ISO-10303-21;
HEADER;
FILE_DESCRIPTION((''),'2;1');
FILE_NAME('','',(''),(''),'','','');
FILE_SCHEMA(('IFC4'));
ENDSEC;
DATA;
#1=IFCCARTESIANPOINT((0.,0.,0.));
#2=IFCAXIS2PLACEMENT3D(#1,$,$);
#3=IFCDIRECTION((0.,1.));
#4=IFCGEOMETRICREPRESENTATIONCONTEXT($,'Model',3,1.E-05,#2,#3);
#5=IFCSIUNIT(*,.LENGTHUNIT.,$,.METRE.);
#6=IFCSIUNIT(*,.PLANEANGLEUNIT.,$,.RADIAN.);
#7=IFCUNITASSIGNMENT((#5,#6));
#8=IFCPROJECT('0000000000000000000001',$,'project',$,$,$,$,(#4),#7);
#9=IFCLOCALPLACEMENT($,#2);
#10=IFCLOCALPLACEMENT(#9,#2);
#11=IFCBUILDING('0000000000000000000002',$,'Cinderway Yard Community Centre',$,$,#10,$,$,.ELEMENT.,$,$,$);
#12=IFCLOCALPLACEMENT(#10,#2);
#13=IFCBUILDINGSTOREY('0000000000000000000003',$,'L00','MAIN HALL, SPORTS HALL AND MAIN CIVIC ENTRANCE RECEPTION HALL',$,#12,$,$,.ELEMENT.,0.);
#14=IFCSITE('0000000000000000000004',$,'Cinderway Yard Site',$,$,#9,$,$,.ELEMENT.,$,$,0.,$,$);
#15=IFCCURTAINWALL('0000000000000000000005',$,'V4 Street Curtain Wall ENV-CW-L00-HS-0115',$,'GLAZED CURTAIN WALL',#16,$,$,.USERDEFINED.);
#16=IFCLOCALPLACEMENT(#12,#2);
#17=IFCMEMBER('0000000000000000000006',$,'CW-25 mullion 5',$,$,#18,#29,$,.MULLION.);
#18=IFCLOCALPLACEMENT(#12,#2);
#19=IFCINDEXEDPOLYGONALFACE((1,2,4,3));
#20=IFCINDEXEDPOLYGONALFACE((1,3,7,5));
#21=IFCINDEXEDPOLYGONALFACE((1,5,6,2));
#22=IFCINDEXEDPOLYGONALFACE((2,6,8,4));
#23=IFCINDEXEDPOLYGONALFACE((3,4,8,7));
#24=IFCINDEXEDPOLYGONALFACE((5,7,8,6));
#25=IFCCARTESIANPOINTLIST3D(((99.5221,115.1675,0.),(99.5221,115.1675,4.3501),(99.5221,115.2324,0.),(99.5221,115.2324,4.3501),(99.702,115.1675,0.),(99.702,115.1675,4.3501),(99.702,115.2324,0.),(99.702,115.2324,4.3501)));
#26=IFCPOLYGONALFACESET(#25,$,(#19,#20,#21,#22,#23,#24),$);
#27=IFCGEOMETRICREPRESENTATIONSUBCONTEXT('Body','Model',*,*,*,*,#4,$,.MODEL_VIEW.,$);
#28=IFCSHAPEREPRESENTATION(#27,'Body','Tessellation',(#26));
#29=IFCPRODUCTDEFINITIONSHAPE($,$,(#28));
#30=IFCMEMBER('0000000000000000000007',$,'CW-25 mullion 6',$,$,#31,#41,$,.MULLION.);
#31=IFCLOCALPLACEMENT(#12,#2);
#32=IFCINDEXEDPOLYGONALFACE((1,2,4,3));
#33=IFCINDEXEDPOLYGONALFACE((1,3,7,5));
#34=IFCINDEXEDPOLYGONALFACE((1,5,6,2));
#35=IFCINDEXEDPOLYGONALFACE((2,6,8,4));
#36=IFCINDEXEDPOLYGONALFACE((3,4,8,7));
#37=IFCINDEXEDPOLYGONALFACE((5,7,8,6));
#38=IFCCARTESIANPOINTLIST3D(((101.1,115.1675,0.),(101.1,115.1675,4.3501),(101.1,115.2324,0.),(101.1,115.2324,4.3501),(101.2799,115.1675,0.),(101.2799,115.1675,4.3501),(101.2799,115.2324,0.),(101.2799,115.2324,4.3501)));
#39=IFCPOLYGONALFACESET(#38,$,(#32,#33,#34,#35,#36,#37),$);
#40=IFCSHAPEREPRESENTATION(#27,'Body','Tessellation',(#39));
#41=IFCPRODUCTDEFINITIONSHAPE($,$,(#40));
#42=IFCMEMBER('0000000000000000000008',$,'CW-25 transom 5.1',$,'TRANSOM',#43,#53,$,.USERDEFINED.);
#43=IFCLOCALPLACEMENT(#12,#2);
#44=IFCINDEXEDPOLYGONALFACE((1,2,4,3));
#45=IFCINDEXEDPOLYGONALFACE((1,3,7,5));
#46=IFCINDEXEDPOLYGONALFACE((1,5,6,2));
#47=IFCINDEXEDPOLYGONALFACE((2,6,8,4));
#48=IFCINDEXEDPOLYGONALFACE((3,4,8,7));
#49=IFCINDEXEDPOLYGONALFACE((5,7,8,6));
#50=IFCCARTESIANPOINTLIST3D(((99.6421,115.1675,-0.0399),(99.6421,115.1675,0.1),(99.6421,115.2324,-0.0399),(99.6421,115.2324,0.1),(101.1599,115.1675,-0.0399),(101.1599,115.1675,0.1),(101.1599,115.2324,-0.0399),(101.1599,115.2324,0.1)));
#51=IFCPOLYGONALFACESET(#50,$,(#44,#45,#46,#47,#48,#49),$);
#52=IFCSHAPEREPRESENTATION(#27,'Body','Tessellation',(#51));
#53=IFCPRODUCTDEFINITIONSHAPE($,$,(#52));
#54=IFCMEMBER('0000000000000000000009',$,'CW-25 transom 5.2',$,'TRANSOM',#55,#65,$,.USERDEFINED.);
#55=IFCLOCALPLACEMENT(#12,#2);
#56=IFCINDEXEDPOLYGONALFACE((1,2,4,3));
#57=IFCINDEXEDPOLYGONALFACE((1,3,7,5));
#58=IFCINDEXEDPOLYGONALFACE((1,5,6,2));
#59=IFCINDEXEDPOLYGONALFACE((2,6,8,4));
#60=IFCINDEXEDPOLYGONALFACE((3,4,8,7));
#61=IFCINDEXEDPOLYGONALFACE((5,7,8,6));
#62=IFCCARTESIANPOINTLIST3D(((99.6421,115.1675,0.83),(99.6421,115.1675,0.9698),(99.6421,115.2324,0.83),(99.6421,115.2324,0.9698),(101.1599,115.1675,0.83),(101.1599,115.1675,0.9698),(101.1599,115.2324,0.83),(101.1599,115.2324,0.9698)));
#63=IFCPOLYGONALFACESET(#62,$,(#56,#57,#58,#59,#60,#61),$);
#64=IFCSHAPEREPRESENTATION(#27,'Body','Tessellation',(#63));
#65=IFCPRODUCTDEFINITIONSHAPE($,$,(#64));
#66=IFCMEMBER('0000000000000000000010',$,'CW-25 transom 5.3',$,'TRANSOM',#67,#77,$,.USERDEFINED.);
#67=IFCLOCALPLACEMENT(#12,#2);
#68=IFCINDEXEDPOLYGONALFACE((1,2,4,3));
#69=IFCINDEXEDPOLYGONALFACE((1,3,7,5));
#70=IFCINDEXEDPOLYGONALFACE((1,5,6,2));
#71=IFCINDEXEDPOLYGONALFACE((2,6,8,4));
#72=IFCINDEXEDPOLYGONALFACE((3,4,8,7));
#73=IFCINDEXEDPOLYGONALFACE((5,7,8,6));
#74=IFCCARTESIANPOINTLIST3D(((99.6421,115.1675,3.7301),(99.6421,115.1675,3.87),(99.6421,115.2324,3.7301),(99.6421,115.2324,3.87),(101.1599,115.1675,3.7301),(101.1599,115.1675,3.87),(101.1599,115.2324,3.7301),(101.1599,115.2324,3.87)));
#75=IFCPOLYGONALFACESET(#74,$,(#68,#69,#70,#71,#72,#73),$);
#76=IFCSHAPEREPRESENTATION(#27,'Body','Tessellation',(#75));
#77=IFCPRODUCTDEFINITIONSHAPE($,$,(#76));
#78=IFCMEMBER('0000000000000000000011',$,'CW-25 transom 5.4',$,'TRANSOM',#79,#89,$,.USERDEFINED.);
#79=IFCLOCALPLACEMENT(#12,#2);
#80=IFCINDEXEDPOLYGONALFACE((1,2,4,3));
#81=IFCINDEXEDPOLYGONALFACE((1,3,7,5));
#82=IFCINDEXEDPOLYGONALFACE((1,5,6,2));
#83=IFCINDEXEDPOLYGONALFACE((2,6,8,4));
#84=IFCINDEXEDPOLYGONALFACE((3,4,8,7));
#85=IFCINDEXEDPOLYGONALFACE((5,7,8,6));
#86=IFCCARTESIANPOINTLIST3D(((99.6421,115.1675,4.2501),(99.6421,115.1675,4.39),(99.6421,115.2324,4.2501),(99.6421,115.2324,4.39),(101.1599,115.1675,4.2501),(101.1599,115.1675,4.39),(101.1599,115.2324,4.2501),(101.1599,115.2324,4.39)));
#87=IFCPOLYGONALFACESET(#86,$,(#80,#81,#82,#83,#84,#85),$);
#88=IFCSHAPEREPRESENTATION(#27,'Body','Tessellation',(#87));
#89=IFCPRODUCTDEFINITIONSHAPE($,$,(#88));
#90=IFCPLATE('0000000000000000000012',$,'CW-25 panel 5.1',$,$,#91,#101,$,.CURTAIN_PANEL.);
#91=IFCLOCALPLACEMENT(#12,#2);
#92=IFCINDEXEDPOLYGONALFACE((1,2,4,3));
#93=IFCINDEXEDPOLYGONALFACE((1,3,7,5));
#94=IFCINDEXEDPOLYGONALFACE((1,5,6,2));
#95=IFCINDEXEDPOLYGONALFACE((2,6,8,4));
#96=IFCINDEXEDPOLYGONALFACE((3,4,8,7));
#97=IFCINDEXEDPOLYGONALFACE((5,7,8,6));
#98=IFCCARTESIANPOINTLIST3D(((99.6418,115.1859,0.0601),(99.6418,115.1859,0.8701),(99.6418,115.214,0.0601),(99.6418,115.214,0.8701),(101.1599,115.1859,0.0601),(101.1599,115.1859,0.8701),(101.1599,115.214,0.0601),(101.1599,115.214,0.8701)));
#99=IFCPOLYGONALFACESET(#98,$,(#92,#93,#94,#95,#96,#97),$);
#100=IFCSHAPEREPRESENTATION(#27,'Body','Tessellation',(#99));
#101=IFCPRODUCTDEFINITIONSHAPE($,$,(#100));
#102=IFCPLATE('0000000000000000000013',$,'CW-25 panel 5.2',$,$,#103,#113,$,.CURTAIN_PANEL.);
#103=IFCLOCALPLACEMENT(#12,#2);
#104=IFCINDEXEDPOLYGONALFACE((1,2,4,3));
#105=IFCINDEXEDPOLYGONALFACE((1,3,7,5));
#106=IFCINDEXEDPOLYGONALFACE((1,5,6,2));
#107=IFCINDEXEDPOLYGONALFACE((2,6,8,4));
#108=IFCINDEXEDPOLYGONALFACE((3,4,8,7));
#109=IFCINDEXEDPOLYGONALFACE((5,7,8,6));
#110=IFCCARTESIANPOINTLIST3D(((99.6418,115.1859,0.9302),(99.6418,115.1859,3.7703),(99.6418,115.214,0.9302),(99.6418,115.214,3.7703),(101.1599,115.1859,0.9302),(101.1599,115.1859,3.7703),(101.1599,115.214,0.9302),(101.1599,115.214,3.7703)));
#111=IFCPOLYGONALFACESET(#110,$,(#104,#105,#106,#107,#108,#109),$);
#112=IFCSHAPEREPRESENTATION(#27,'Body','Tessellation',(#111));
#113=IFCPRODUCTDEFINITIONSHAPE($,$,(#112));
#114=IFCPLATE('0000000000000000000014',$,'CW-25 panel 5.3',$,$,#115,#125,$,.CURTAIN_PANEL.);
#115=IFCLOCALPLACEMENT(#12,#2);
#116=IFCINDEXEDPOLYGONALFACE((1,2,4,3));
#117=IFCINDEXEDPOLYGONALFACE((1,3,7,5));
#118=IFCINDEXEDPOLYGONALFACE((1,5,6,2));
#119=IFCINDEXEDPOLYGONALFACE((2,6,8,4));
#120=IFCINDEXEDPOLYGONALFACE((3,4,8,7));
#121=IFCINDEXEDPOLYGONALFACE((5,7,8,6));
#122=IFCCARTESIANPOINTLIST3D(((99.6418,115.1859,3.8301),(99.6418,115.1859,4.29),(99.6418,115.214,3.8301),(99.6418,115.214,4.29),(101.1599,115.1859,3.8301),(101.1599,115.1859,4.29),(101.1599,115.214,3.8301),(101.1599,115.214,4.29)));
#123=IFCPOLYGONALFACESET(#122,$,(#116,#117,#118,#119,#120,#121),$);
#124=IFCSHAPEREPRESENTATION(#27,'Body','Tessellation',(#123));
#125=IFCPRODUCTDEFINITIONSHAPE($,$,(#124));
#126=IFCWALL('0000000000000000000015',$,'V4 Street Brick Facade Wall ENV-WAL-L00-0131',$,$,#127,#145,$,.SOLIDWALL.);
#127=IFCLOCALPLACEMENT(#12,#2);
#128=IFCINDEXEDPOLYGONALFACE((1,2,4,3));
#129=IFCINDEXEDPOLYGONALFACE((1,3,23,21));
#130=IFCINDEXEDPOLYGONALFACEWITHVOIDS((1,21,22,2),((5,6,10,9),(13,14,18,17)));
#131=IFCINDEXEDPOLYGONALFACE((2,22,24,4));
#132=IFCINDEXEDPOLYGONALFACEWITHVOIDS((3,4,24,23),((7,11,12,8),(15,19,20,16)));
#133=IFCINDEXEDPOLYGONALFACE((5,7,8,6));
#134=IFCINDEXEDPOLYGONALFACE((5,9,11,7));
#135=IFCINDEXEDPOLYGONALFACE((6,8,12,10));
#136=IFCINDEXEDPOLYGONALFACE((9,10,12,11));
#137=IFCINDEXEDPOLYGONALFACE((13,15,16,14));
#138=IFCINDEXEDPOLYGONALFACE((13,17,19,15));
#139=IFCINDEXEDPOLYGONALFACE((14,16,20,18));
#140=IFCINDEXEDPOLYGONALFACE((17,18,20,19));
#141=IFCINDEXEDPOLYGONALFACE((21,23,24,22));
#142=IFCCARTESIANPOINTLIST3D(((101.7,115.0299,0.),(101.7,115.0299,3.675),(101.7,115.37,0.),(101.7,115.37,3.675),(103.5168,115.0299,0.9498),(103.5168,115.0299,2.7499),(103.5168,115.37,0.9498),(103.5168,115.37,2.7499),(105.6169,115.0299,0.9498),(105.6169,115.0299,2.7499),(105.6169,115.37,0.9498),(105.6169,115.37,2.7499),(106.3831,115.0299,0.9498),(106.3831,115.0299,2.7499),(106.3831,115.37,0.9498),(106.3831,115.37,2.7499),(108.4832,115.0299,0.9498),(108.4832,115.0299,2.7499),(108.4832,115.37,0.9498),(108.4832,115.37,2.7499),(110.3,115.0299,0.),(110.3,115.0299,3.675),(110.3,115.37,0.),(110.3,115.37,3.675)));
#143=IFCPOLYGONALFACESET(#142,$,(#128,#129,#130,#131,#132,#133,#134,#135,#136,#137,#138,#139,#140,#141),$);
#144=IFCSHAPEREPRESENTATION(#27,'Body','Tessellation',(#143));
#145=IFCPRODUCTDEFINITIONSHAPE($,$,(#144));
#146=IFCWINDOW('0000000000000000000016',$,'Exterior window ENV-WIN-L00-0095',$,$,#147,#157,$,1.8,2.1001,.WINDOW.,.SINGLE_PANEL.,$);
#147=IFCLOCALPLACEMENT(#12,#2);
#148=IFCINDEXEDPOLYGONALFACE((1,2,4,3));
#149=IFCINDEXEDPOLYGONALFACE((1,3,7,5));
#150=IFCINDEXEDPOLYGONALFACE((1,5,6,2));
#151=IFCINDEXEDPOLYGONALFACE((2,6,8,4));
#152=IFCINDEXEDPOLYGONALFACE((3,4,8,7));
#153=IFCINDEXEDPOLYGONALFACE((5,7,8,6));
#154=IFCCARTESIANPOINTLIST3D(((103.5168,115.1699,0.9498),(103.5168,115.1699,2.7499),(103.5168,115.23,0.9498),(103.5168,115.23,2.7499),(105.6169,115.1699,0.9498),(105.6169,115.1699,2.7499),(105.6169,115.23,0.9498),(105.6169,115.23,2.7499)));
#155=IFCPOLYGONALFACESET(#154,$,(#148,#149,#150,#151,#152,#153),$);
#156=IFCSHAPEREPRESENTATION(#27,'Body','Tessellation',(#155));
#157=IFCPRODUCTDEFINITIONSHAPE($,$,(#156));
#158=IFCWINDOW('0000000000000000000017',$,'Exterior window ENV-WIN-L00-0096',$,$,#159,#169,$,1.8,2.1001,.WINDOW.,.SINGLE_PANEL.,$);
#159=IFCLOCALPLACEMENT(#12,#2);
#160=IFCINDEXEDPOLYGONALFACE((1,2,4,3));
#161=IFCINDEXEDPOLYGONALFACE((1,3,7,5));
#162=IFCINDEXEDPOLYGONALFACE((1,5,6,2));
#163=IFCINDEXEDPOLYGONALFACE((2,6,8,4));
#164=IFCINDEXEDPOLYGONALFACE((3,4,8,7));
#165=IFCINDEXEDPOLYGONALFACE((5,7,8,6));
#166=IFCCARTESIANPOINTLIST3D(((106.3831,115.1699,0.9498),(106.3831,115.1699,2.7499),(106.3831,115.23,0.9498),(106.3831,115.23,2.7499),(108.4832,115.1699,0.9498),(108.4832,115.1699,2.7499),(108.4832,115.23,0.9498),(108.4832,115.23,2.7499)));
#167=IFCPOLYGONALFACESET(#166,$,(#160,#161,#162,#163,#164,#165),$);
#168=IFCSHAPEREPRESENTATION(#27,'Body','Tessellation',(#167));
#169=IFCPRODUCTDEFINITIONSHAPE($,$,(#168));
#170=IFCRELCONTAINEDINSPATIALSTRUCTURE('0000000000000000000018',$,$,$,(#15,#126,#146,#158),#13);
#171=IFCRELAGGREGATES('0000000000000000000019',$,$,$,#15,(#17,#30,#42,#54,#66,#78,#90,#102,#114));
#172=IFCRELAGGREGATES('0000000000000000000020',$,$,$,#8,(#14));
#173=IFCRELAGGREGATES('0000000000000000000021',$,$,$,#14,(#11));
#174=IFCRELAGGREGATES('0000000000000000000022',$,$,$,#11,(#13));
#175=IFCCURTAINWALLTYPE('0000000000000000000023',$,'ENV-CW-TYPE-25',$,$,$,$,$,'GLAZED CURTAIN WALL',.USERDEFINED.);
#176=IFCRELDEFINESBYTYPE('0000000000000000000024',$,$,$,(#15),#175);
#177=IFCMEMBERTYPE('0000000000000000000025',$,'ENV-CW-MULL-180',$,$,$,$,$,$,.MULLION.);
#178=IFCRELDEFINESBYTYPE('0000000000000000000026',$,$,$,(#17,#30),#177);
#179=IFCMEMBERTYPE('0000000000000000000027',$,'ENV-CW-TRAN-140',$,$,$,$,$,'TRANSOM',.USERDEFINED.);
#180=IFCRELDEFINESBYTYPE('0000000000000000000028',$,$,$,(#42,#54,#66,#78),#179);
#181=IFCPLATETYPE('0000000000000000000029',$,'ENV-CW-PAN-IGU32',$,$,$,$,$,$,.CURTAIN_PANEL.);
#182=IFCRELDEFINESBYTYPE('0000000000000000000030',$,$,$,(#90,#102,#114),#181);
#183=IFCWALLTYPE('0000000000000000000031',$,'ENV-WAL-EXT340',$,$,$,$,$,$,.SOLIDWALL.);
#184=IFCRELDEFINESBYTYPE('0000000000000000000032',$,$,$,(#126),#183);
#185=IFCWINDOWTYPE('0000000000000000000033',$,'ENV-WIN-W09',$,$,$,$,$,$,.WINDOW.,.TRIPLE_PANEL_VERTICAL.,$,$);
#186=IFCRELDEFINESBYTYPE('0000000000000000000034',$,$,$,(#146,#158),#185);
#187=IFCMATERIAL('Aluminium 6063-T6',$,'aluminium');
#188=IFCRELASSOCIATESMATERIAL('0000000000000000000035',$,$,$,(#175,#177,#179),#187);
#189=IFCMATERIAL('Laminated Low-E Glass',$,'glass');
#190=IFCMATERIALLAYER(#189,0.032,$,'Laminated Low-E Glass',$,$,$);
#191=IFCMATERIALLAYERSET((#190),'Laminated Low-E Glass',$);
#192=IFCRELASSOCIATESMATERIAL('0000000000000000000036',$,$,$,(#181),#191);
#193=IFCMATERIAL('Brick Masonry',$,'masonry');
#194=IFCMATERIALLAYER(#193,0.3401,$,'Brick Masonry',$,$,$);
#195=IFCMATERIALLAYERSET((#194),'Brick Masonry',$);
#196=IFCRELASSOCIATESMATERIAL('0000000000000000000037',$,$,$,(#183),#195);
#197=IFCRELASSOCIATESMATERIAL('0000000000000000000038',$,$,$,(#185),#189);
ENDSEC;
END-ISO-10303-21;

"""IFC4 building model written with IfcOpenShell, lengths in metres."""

from ifc_helpers import new_model, si_unit, direction, frame, frame_2d, origin, origin_2d, place, context, subcontext, project, spatial, rectangle, extrude, material, layer, layer_set, material_profile, profile_set, type_object, element, fill, aggregate, save


model = new_model("IFC4")

# Units and contexts
model_context = context("Model", 3, precision=1e-05, world=origin(), true_north=direction((0.0, 1.0)))
body_context = subcontext(model_context, "Body", "Model", "MODEL_VIEW")
ifc_project = project(units=[si_unit("LENGTHUNIT", "METRE"), si_unit("PLANEANGLEUNIT", "RADIAN")], contexts=[model_context])

# Site, building, storey
site_placement = place(None, origin())
site = spatial("IfcSite", under=ifc_project, at=site_placement, Name="Cinderway Yard Site", CompositionType="ELEMENT", RefElevation=0.0)
building_placement = place(site_placement, origin())
building = spatial("IfcBuilding", under=site, at=building_placement, Name="Cinderway Yard Community Centre", CompositionType="ELEMENT")
storey_placement = place(building_placement, origin())
storey = spatial("IfcBuildingStorey", under=building, at=storey_placement, Name="L00", Description="MAIN HALL, SPORTS HALL AND MAIN CIVIC ENTRANCE RECEPTION HALL", CompositionType="ELEMENT", Elevation=0.0)

# Curtain wall, members, plates
ifc_material_1 = material(Name="Aluminium 6063-T6", Category="aluminium")
curtain_wall_type = type_object("IfcCurtainWallType", Name="ENV-CW-TYPE-25", ElementType="GLAZED CURTAIN WALL", PredefinedType="USERDEFINED", material=ifc_material_1)
curtain_wall_placement = place(storey_placement, origin())
curtain_wall = element("IfcCurtainWall", 1, at=curtain_wall_placement, inside=storey, type_object=curtain_wall_type, Name="V4 Street Curtain Wall ENV-CW-L00-HS-0115", ObjectType="GLAZED CURTAIN WALL", PredefinedType="USERDEFINED")
ifc_material_profile_1 = material_profile(ifc_material_1, rectangle(XDim=0.0649, YDim=0.1799, at=origin_2d()), Name="Aluminium 6063-T6")
ifc_profile_set_1 = profile_set([ifc_material_profile_1], Name="Aluminium 6063-T6")
member_type_1 = type_object("IfcMemberType", Name="ENV-CW-MULL-180", PredefinedType="MULLION", material=ifc_profile_set_1)
member_1_placement = place(storey_placement, frame((99.6121, 115.2, 0.0), z_axis=(0.0, 0.0, 1.0), x_axis=(0.0, 1.0, 0.0)))
member_1 = element("IfcMember", 2, at=member_1_placement, type_object=member_type_1, Name="CW-25 mullion 5", PredefinedType="MULLION", context=body_context, shape_type="SweptSolid", body=[
    extrude(rectangle(XDim=0.0649, YDim=0.1799, at=origin_2d()), origin(), (0.0, 0.0, 1.0), 4.3501),
])
member_2_placement = place(storey_placement, frame((101.1899, 115.2, 0.0), z_axis=(0.0, 0.0, 1.0), x_axis=(0.0, 1.0, 0.0)))
member_2 = element("IfcMember", 3, at=member_2_placement, type_object=member_type_1, Name="CW-25 mullion 6", PredefinedType="MULLION", context=body_context, shape_type="SweptSolid", body=[
    extrude(rectangle(XDim=0.0649, YDim=0.1799, at=origin_2d()), origin(), (0.0, 0.0, 1.0), 4.3501),
])
ifc_material_profile_2 = material_profile(ifc_material_1, rectangle(XDim=0.0649, YDim=0.1399, at=origin_2d()), Name="Aluminium 6063-T6")
ifc_profile_set_2 = profile_set([ifc_material_profile_2], Name="Aluminium 6063-T6")
member_type_2 = type_object("IfcMemberType", Name="ENV-CW-TRAN-140", ElementType="TRANSOM", PredefinedType="USERDEFINED", material=ifc_profile_set_2)
member_3_placement = place(storey_placement, frame((99.6421, 115.2, 0.03), z_axis=(1.0, 0.0, 0.0), x_axis=(0.0, 1.0, 0.0)))
member_3 = element("IfcMember", 4, at=member_3_placement, type_object=member_type_2, Name="CW-25 transom 5.1", ObjectType="TRANSOM", PredefinedType="USERDEFINED", context=body_context, shape_type="SweptSolid", body=[
    extrude(rectangle(XDim=0.0649, YDim=0.1399, at=origin_2d()), origin(), (0.0, 0.0, 1.0), 1.5178),
])
member_4_placement = place(storey_placement, frame((99.6421, 115.2, 0.8999), z_axis=(1.0, 0.0, 0.0), x_axis=(0.0, 1.0, 0.0)))
member_4 = element("IfcMember", 5, at=member_4_placement, type_object=member_type_2, Name="CW-25 transom 5.2", ObjectType="TRANSOM", PredefinedType="USERDEFINED", context=body_context, shape_type="SweptSolid", body=[
    extrude(rectangle(XDim=0.0649, YDim=0.1399, at=origin_2d()), origin(), (0.0, 0.0, 1.0), 1.5178),
])
member_5_placement = place(storey_placement, frame((99.6421, 115.2, 3.8), z_axis=(1.0, 0.0, 0.0), x_axis=(0.0, 1.0, 0.0)))
member_5 = element("IfcMember", 6, at=member_5_placement, type_object=member_type_2, Name="CW-25 transom 5.3", ObjectType="TRANSOM", PredefinedType="USERDEFINED", context=body_context, shape_type="SweptSolid", body=[
    extrude(rectangle(XDim=0.0649, YDim=0.1399, at=origin_2d()), origin(), (0.0, 0.0, 1.0), 1.5178),
])
member_6_placement = place(storey_placement, frame((99.6421, 115.2, 4.3201), z_axis=(1.0, 0.0, 0.0), x_axis=(0.0, 1.0, 0.0)))
member_6 = element("IfcMember", 7, at=member_6_placement, type_object=member_type_2, Name="CW-25 transom 5.4", ObjectType="TRANSOM", PredefinedType="USERDEFINED", context=body_context, shape_type="SweptSolid", body=[
    extrude(rectangle(XDim=0.0649, YDim=0.1399, at=origin_2d()), origin(), (0.0, 0.0, 1.0), 1.5178),
])
ifc_material_2 = material(Name="Laminated Low-E Glass", Category="glass")
ifc_layer_1 = layer(ifc_material_2, 0.032, Name="Laminated Low-E Glass")
ifc_layer_set_1 = layer_set([ifc_layer_1], Name="Laminated Low-E Glass")
plate_type = type_object("IfcPlateType", Name="ENV-CW-PAN-IGU32", PredefinedType="CURTAIN_PANEL", material=ifc_layer_set_1)
plate_1_placement = place(storey_placement, frame((100.4009, 115.2, 0.0601), z_axis=(0.0, 0.0, 1.0), x_axis=(1.0, 0.0, 0.0)))
plate_1 = element("IfcPlate", 8, at=plate_1_placement, type_object=plate_type, Name="CW-25 panel 5.1", PredefinedType="CURTAIN_PANEL", context=body_context, shape_type="SweptSolid", body=[
    extrude(rectangle(XDim=1.5181, YDim=0.0281, at=origin_2d()), origin(), (0.0, 0.0, 1.0), 0.8101),
])
plate_2_placement = place(storey_placement, frame((100.4009, 115.2, 0.9302), z_axis=(0.0, 0.0, 1.0), x_axis=(1.0, 0.0, 0.0)))
plate_2 = element("IfcPlate", 9, at=plate_2_placement, type_object=plate_type, Name="CW-25 panel 5.2", PredefinedType="CURTAIN_PANEL", context=body_context, shape_type="SweptSolid", body=[
    extrude(rectangle(XDim=1.5181, YDim=0.0281, at=origin_2d()), origin(), (0.0, 0.0, 1.0), 2.8401),
])
plate_3_placement = place(storey_placement, frame((100.4009, 115.2, 3.8301), z_axis=(0.0, 0.0, 1.0), x_axis=(1.0, 0.0, 0.0)))
plate_3 = element("IfcPlate", 10, at=plate_3_placement, type_object=plate_type, Name="CW-25 panel 5.3", PredefinedType="CURTAIN_PANEL", context=body_context, shape_type="SweptSolid", body=[
    extrude(rectangle(XDim=1.5181, YDim=0.0281, at=origin_2d()), origin(), (0.0, 0.0, 1.0), 0.46),
])
aggregate(curtain_wall, [member_1, member_2, member_3, member_4, member_5, member_6, plate_1, plate_2, plate_3])

# Wall, openings, windows
ifc_material_3 = material(Name="Brick Masonry", Category="masonry")
ifc_layer_2 = layer(ifc_material_3, 0.3401, Name="Brick Masonry")
ifc_layer_set_2 = layer_set([ifc_layer_2], Name="Brick Masonry")
wall_type_1 = type_object("IfcWallType", Name="ENV-WAL-EXT340", PredefinedType="SOLIDWALL", material=ifc_layer_set_2)
wall_1_placement = place(storey_placement, frame((101.7, 115.2, 0.0), z_axis=(0.0, 0.0, 1.0), x_axis=(1.0, 0.0, 0.0)))
wall_1 = element("IfcWall", 11, at=wall_1_placement, inside=storey, type_object=wall_type_1, Name="V4 Street Brick Facade Wall ENV-WAL-L00-0131", PredefinedType="SOLIDWALL", context=body_context, shape_type="SweptSolid", body=[
    extrude(rectangle(XDim=8.6001, YDim=0.3401, at=frame_2d((4.3, 0.0))), origin(), (0.0, 0.0, 1.0), 3.675),
])
opening_1_placement = place(wall_1_placement, frame((1.8169, 0.0, 0.95)))
opening_1 = element("IfcOpeningElement", 12, at=opening_1_placement, cuts=wall_1, PredefinedType="OPENING", context=body_context, shape_type="SweptSolid", body=[
    extrude(rectangle(XDim=2.1001, YDim=1.8, at=frame_2d((1.05, 0.8999))), frame((0.0, 0.1799, 0.0), z_axis=(0.0, -1.0, 0.0), x_axis=(1.0, 0.0, 0.0)), (0.0, 0.0, 1.0), 0.3601),
])
opening_2_placement = place(wall_1_placement, frame((4.6831, 0.0, 0.95)))
opening_2 = element("IfcOpeningElement", 13, at=opening_2_placement, cuts=wall_1, PredefinedType="OPENING", context=body_context, shape_type="SweptSolid", body=[
    extrude(rectangle(XDim=2.1001, YDim=1.8, at=frame_2d((1.05, 0.8999))), frame((0.0, 0.1799, 0.0), z_axis=(0.0, -1.0, 0.0), x_axis=(1.0, 0.0, 0.0)), (0.0, 0.0, 1.0), 0.3601),
])
window_type = type_object("IfcWindowType", Name="ENV-WIN-W09", PartitioningType="TRIPLE_PANEL_VERTICAL", PredefinedType="WINDOW", material=ifc_material_2)
window_1_placement = place(opening_1_placement, origin())
window_1 = element("IfcWindow", 14, at=window_1_placement, inside=storey, type_object=window_type, Name="Exterior window ENV-WIN-L00-0095", OverallHeight=1.8, OverallWidth=2.1001, PartitioningType="SINGLE_PANEL", PredefinedType="WINDOW", context=body_context, shape_type="SweptSolid", body=[
    extrude(rectangle(XDim=2.1001, YDim=1.8, at=frame_2d((1.05, 0.8999))), frame((0.0, 0.03, 0.0), z_axis=(0.0, -1.0, 0.0), x_axis=(1.0, 0.0, 0.0)), (0.0, 0.0, 1.0), 0.0601),
])
fill(opening_1, window_1)
window_2_placement = place(opening_2_placement, origin())
window_2 = element("IfcWindow", 15, at=window_2_placement, inside=storey, type_object=window_type, Name="Exterior window ENV-WIN-L00-0096", OverallHeight=1.8, OverallWidth=2.1001, PartitioningType="SINGLE_PANEL", PredefinedType="WINDOW", context=body_context, shape_type="SweptSolid", body=[
    extrude(rectangle(XDim=2.1001, YDim=1.8, at=frame_2d((1.05, 0.8999))), frame((0.0, 0.03, 0.0), z_axis=(0.0, -1.0, 0.0), x_axis=(1.0, 0.0, 0.0)), (0.0, 0.0, 1.0), 0.0601),
])
fill(opening_2, window_2)

save(model, "model.ifc")
